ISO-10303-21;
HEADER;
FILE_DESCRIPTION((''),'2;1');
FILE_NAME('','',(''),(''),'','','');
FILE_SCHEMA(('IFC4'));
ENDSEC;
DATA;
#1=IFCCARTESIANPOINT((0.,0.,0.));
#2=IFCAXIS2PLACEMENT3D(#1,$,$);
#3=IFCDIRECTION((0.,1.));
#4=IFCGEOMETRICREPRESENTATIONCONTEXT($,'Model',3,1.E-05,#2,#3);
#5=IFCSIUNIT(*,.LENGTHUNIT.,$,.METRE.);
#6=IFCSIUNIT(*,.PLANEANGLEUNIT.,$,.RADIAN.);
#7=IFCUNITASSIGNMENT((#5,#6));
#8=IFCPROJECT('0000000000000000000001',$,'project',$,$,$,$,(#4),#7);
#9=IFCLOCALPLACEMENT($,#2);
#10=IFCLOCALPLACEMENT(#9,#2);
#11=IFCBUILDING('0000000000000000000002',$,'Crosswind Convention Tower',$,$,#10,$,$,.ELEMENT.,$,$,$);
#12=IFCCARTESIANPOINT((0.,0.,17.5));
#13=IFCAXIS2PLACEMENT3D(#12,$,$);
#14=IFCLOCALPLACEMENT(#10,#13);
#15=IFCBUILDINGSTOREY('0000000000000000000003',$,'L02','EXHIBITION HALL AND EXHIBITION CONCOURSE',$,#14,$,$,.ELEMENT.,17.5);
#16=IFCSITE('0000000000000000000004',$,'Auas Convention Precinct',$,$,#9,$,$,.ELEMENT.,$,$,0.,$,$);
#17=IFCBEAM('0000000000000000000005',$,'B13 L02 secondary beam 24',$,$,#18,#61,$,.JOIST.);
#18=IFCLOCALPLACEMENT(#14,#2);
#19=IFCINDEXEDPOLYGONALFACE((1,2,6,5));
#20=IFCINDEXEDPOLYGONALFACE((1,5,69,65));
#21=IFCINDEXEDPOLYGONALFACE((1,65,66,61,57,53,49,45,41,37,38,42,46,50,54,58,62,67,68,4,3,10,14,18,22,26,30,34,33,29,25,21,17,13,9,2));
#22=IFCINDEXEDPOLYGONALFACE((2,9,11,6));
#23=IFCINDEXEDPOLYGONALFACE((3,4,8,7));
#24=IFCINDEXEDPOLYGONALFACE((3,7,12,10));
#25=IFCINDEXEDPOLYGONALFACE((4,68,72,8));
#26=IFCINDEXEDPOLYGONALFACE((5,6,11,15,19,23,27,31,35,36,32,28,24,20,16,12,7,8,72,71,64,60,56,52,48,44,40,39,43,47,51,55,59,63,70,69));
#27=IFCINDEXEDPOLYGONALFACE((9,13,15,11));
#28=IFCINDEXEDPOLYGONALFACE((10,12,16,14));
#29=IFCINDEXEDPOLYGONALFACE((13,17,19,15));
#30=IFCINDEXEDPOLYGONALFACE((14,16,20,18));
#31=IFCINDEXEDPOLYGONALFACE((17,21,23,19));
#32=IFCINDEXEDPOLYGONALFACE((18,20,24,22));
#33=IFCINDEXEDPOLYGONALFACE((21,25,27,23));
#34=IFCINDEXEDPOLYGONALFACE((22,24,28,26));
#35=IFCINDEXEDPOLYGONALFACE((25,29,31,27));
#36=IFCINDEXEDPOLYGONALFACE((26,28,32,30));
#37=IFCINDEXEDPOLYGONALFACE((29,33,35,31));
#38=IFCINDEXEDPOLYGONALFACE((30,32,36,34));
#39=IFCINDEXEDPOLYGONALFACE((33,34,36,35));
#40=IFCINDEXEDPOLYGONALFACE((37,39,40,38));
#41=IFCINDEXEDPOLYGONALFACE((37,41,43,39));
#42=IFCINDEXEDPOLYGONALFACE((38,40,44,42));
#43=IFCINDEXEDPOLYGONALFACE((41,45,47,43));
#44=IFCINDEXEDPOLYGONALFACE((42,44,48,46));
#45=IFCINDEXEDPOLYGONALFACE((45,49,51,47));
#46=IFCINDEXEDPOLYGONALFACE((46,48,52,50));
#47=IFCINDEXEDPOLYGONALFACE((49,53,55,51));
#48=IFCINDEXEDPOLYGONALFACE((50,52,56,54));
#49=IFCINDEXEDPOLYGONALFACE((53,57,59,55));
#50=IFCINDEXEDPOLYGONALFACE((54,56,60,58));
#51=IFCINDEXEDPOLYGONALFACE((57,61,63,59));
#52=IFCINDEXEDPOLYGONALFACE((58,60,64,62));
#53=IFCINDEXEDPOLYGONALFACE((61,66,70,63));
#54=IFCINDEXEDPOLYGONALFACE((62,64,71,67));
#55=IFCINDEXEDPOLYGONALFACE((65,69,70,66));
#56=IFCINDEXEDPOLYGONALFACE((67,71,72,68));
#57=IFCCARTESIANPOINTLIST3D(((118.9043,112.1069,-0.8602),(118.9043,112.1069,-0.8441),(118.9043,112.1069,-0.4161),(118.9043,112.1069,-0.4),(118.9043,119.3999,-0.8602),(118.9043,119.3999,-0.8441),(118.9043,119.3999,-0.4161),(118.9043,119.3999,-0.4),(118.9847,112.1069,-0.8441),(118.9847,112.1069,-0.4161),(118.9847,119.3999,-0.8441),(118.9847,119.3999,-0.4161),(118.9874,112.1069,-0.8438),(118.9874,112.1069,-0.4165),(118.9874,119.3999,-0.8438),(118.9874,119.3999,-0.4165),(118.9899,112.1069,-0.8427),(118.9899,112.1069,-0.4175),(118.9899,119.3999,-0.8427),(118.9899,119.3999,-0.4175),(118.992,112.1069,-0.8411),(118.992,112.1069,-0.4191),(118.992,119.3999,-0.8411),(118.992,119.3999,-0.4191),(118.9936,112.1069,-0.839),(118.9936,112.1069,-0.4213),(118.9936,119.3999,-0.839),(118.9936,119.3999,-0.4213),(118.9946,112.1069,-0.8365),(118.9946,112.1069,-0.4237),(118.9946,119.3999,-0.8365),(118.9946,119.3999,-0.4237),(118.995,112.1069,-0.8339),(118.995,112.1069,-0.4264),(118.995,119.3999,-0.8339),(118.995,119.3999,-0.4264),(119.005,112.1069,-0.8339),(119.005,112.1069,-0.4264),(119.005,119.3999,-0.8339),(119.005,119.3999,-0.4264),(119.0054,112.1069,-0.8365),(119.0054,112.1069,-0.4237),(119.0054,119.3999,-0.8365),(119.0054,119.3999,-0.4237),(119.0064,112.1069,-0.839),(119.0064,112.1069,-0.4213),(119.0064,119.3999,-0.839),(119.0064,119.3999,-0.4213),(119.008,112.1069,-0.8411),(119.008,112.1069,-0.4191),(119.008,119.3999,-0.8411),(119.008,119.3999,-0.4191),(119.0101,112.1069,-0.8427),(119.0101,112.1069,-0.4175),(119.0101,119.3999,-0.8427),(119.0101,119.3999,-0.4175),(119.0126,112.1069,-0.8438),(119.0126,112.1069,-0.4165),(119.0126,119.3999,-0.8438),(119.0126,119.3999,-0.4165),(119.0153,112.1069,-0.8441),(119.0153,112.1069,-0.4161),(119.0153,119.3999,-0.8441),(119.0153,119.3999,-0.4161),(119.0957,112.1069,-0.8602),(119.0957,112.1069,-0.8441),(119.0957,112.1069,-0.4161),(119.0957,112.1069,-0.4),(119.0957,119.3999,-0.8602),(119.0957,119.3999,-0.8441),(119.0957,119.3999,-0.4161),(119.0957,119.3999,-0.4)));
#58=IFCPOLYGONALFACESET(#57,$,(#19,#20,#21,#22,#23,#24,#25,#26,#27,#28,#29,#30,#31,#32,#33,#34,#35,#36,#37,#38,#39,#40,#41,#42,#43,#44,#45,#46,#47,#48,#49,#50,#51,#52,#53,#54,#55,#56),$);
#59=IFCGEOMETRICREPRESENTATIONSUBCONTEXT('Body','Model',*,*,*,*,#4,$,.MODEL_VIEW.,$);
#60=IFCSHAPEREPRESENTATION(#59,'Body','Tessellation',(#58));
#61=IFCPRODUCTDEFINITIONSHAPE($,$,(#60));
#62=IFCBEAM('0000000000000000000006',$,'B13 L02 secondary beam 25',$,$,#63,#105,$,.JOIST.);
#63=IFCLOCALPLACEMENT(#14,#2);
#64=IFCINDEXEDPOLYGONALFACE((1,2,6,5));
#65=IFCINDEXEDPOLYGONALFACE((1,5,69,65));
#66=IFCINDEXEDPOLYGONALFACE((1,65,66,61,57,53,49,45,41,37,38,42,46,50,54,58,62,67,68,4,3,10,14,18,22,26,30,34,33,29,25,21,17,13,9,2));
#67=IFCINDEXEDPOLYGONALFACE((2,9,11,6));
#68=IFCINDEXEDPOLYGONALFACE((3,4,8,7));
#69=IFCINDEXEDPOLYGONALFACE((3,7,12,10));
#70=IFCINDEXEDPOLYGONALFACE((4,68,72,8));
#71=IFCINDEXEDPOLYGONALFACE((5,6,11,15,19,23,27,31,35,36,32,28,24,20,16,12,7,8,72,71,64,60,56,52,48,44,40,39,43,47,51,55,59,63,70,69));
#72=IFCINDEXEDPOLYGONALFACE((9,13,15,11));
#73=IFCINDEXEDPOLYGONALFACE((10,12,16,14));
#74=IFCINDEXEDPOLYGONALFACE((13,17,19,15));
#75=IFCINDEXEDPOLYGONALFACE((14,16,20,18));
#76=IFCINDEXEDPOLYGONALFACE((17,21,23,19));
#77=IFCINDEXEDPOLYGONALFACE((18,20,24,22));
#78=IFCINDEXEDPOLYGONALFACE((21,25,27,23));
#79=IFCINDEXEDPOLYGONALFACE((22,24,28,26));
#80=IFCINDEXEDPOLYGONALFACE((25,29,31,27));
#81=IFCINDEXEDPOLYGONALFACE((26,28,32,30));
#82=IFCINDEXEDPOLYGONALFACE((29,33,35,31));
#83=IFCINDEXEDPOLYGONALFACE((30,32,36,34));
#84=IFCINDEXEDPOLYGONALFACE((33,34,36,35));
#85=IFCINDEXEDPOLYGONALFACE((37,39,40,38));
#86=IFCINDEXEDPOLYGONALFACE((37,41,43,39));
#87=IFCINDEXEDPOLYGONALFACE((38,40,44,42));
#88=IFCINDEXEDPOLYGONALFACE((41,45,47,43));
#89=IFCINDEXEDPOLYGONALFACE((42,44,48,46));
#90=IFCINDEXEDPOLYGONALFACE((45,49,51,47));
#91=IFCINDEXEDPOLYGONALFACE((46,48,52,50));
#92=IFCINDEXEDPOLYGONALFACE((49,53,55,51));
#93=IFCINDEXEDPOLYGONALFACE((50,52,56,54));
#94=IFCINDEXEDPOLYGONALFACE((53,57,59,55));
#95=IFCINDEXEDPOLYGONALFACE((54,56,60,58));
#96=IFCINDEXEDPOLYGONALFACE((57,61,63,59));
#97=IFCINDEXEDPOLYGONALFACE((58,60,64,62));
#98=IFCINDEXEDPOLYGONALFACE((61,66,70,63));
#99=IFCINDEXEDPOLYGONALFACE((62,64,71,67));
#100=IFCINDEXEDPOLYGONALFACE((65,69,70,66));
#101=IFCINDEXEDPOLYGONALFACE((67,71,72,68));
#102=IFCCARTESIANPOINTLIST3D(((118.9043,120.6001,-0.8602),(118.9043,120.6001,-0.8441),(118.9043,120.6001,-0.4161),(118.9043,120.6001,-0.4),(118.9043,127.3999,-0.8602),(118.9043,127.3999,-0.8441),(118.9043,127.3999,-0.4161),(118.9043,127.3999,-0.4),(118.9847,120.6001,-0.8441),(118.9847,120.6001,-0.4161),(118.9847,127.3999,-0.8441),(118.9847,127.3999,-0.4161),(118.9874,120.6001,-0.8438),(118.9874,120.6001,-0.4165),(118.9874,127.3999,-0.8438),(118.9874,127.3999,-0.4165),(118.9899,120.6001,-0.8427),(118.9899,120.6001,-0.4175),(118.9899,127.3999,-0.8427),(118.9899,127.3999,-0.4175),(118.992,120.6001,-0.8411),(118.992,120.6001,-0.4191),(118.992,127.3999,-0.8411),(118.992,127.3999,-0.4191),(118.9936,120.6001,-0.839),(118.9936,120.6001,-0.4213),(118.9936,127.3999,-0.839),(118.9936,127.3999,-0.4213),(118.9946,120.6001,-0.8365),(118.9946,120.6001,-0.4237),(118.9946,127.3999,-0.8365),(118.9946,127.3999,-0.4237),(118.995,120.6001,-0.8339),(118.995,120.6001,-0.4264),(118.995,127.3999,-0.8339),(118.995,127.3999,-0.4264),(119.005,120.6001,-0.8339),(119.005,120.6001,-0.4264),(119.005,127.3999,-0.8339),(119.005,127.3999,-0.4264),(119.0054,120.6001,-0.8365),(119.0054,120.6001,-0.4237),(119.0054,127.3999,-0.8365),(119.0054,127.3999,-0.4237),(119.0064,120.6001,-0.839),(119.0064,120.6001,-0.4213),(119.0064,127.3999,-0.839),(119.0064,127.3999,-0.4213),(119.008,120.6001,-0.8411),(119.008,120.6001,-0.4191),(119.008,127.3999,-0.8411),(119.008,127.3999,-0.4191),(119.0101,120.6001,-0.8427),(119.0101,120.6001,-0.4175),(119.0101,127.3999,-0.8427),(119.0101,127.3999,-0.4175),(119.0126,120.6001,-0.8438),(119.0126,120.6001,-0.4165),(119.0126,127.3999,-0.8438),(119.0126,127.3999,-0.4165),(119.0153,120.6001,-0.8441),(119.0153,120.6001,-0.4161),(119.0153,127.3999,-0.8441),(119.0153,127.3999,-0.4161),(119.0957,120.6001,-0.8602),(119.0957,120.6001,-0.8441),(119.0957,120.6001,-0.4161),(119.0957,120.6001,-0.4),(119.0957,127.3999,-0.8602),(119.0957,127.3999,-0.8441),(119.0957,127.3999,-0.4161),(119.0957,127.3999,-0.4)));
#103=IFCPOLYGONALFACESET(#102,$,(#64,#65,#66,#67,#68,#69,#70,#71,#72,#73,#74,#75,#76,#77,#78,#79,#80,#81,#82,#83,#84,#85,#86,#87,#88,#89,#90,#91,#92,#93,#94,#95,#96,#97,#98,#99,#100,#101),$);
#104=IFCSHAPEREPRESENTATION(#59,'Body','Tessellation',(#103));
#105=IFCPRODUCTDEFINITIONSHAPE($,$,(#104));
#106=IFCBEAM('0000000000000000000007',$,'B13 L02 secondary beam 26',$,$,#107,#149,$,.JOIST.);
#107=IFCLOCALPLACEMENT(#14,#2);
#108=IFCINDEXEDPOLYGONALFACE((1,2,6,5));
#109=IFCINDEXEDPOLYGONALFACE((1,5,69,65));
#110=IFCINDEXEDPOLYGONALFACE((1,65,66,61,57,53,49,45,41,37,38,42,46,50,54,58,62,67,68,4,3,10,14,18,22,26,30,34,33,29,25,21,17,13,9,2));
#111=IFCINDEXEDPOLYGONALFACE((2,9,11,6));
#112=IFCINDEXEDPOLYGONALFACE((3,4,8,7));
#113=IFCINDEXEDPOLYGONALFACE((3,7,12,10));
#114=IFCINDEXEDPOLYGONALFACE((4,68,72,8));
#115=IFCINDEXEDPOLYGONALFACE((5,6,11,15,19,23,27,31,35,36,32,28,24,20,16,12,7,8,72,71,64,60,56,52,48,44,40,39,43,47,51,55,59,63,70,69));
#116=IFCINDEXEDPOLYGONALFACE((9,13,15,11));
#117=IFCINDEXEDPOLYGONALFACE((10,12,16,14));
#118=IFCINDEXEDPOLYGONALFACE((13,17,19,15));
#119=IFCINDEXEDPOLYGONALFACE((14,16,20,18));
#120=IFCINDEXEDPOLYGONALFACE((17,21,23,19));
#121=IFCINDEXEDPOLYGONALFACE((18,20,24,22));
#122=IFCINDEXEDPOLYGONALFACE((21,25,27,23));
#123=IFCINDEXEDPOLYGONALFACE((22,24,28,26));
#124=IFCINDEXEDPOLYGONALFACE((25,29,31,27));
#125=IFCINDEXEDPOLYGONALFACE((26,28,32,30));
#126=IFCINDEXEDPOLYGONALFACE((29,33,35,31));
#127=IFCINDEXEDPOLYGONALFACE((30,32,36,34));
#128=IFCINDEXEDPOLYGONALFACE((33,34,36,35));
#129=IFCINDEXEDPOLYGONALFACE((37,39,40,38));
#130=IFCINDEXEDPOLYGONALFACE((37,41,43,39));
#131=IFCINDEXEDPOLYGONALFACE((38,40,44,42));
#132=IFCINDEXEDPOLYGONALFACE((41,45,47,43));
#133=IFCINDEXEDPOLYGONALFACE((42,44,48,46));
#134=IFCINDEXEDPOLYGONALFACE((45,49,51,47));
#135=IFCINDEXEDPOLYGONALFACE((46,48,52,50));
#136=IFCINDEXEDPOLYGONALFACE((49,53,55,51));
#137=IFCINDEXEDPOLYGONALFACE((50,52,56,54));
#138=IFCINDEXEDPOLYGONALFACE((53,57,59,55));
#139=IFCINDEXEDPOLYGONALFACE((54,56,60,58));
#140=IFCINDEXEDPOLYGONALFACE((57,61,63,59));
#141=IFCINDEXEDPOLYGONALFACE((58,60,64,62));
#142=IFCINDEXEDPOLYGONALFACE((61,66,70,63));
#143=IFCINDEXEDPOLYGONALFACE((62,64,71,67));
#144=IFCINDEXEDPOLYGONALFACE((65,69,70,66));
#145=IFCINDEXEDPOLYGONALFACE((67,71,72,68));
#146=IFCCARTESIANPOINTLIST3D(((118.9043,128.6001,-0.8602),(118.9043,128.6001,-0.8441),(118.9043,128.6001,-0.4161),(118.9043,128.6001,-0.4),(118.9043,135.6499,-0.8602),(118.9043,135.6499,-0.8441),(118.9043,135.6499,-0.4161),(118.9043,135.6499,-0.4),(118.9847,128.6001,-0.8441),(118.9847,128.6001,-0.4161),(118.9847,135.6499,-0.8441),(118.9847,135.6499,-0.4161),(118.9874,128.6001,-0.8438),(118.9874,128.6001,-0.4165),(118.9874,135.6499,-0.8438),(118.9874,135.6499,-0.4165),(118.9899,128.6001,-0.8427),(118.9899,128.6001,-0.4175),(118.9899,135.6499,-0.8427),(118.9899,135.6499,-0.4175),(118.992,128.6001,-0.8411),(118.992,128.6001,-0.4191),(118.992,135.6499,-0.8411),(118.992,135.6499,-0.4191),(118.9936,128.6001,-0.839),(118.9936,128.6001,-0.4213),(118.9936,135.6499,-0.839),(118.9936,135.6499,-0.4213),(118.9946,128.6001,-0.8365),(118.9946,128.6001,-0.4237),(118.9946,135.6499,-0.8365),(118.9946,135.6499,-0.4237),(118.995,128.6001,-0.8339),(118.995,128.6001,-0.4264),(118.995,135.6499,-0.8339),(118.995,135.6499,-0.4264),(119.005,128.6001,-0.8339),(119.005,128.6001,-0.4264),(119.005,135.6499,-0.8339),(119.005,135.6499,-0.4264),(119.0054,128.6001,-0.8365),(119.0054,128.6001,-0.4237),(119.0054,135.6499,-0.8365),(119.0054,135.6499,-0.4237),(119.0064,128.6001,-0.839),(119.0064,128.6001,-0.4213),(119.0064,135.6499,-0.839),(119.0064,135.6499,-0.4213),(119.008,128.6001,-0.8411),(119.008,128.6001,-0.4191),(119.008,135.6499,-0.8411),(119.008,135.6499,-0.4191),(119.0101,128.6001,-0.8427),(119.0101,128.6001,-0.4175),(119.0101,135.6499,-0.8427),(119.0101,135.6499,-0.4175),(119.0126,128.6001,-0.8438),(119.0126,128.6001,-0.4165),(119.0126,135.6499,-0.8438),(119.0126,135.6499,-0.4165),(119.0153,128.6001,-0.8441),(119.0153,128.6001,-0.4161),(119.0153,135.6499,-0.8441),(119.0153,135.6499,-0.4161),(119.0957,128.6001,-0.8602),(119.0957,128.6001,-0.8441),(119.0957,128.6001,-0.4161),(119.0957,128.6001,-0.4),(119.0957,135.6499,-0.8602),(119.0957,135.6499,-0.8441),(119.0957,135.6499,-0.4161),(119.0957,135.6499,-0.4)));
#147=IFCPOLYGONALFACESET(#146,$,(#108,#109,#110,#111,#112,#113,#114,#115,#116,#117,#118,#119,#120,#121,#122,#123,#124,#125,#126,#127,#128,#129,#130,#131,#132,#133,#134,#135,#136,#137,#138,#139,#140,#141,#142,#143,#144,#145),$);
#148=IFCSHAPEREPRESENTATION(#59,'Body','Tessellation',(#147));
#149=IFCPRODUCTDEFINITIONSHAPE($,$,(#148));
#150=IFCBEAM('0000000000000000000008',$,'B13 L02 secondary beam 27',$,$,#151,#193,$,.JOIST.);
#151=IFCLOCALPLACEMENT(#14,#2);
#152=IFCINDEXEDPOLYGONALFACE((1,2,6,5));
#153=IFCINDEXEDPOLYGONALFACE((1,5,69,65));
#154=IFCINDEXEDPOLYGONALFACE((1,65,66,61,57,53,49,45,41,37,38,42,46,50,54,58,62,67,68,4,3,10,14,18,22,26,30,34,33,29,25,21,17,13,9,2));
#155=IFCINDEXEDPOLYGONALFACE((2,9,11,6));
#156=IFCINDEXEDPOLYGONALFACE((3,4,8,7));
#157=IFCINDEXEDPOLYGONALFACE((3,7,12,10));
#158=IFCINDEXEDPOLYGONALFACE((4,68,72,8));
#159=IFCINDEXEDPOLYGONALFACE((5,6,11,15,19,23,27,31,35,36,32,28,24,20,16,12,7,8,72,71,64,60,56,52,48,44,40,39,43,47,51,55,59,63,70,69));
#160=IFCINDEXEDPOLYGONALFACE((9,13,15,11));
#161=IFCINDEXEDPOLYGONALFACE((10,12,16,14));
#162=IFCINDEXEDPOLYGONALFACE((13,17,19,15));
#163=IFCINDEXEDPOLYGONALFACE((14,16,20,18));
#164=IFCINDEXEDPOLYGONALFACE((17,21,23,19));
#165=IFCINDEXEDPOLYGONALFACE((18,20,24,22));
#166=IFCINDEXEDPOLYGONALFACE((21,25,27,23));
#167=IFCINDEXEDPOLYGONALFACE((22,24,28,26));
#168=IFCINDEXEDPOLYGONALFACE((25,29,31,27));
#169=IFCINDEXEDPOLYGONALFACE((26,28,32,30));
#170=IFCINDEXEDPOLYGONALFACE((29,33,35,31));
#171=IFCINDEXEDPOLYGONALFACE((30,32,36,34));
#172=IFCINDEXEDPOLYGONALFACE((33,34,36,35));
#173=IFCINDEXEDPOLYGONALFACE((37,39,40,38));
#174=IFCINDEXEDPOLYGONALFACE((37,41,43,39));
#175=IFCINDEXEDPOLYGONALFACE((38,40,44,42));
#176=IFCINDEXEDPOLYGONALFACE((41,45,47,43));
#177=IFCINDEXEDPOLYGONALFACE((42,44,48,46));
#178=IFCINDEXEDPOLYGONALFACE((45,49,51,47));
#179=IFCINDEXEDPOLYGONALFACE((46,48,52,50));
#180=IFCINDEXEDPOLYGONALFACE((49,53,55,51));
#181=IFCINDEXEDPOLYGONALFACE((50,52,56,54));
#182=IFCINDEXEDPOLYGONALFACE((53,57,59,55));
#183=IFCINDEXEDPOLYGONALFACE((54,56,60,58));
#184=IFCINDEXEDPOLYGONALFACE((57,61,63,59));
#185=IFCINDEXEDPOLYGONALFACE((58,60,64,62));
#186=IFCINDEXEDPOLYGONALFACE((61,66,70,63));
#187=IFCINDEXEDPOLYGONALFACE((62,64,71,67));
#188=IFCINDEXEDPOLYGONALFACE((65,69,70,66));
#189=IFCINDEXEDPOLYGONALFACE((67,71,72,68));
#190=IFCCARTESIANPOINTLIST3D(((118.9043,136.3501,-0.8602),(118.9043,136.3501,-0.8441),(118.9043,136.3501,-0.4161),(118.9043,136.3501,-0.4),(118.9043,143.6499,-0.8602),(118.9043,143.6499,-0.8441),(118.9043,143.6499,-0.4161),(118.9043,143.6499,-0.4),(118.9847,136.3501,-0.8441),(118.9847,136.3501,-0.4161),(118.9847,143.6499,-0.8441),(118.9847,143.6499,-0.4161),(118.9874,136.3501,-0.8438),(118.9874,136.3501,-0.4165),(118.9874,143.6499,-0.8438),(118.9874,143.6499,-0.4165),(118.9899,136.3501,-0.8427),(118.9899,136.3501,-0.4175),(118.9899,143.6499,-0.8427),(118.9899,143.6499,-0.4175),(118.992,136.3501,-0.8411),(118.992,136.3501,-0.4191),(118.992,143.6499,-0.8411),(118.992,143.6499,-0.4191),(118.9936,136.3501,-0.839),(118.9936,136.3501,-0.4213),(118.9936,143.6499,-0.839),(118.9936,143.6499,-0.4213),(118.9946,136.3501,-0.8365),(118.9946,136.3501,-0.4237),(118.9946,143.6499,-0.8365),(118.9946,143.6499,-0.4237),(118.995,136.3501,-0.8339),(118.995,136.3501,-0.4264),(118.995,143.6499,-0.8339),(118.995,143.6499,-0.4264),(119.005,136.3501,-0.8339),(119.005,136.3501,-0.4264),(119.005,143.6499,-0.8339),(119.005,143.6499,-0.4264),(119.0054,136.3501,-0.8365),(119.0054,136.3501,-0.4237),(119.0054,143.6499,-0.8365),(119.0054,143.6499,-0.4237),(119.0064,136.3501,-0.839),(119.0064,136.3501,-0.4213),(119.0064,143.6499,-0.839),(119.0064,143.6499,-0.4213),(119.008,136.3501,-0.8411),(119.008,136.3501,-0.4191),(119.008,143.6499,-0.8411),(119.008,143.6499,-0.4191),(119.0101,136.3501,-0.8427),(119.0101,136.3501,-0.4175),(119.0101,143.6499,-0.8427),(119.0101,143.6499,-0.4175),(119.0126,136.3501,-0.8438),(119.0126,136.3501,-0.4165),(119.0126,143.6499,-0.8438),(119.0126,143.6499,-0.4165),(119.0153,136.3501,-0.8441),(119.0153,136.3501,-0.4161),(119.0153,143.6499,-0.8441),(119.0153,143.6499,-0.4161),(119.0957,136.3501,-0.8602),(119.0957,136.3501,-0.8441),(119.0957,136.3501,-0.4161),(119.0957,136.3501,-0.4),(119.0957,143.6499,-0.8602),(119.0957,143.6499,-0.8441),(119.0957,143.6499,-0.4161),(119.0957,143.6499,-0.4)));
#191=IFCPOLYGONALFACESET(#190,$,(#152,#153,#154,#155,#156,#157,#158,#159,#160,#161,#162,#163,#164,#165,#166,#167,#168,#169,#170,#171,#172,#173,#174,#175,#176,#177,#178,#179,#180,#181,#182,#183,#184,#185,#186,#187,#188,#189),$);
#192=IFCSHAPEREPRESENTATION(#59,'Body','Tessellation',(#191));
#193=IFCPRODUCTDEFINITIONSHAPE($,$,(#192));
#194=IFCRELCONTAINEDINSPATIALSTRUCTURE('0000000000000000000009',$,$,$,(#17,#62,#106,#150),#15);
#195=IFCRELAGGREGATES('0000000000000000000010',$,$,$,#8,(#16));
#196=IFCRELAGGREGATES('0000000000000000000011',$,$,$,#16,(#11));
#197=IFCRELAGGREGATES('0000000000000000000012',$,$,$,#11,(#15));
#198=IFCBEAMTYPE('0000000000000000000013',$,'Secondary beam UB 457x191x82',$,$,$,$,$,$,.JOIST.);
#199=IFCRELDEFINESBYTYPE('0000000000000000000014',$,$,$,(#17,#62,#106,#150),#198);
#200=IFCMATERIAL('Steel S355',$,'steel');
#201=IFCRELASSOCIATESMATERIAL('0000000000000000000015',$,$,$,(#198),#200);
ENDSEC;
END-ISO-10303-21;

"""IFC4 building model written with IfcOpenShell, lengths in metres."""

from ifc_helpers import new_model, si_unit, direction, frame, origin, origin_2d, place, context, subcontext, project, spatial, i_section, extrude, material, material_profile, profile_set, type_object, element, save


model = new_model("IFC4")

# Units and contexts
model_context = context("Model", 3, precision=1e-05, world=origin(), true_north=direction((0.0, 1.0)))
body_context = subcontext(model_context, "Body", "Model", "MODEL_VIEW")
ifc_project = project(units=[si_unit("LENGTHUNIT", "METRE"), si_unit("PLANEANGLEUNIT", "RADIAN")], contexts=[model_context])

# Site, building, storey
site_placement = place(None, origin())
site = spatial("IfcSite", under=ifc_project, at=site_placement, Name="Auas Convention Precinct", CompositionType="ELEMENT", RefElevation=0.0)
building_placement = place(site_placement, origin())
building = spatial("IfcBuilding", under=site, at=building_placement, Name="Crosswind Convention Tower", CompositionType="ELEMENT")
storey_placement = place(building_placement, frame((0.0, 0.0, 17.5)))
storey = spatial("IfcBuildingStorey", under=building, at=storey_placement, Name="L02", Description="EXHIBITION HALL AND EXHIBITION CONCOURSE", CompositionType="ELEMENT", Elevation=17.5)

# Shared definitions
ifc_material_1 = material(Name="Steel S355", Category="steel")

# Beams
ifc_material_profile_1 = material_profile(ifc_material_1, i_section(OverallWidth=0.1914, OverallDepth=0.4602, WebThickness=0.01, FlangeThickness=0.0161, FilletRadius=0.0103, at=origin_2d()), Name="UB 457x191x82")
ifc_profile_set_1 = profile_set([ifc_material_profile_1], Name="Steel S355")
beam_type_1 = type_object("IfcBeamType", Name="Secondary beam UB 457x191x82", PredefinedType="JOIST", material=ifc_profile_set_1)
beam_1_placement = place(storey_placement, frame((119.0, 112.1069, -0.6301), z_axis=(0.0, 1.0, 0.0), x_axis=(-1.0, 0.0, 0.0)))
element("IfcBeam", 1, at=beam_1_placement, inside=storey, type_object=beam_type_1, Name="B13 L02 secondary beam 24", PredefinedType="JOIST", context=body_context, shape_type="SweptSolid", body=[
    extrude(i_section(OverallWidth=0.1914, OverallDepth=0.4602, WebThickness=0.01, FlangeThickness=0.0161, FilletRadius=0.0103, at=origin_2d()), origin(), (0.0, 0.0, 1.0), 7.293),
])
beam_2_placement = place(storey_placement, frame((119.0, 120.6001, -0.6301), z_axis=(0.0, 1.0, 0.0), x_axis=(-1.0, 0.0, 0.0)))
element("IfcBeam", 2, at=beam_2_placement, inside=storey, type_object=beam_type_1, Name="B13 L02 secondary beam 25", PredefinedType="JOIST", context=body_context, shape_type="SweptSolid", body=[
    extrude(i_section(OverallWidth=0.1914, OverallDepth=0.4602, WebThickness=0.01, FlangeThickness=0.0161, FilletRadius=0.0103, at=origin_2d()), origin(), (0.0, 0.0, 1.0), 6.7998),
])
beam_3_placement = place(storey_placement, frame((119.0, 128.6001, -0.6301), z_axis=(0.0, 1.0, 0.0), x_axis=(-1.0, 0.0, 0.0)))
element("IfcBeam", 3, at=beam_3_placement, inside=storey, type_object=beam_type_1, Name="B13 L02 secondary beam 26", PredefinedType="JOIST", context=body_context, shape_type="SweptSolid", body=[
    extrude(i_section(OverallWidth=0.1914, OverallDepth=0.4602, WebThickness=0.01, FlangeThickness=0.0161, FilletRadius=0.0103, at=origin_2d()), origin(), (0.0, 0.0, 1.0), 7.0498),
])
beam_4_placement = place(storey_placement, frame((119.0, 136.3501, -0.6301), z_axis=(0.0, 1.0, 0.0), x_axis=(-1.0, 0.0, 0.0)))
element("IfcBeam", 4, at=beam_4_placement, inside=storey, type_object=beam_type_1, Name="B13 L02 secondary beam 27", PredefinedType="JOIST", context=body_context, shape_type="SweptSolid", body=[
    extrude(i_section(OverallWidth=0.1914, OverallDepth=0.4602, WebThickness=0.01, FlangeThickness=0.0161, FilletRadius=0.0103, at=origin_2d()), origin(), (0.0, 0.0, 1.0), 7.2998),
])

save(model, "model.ifc")
